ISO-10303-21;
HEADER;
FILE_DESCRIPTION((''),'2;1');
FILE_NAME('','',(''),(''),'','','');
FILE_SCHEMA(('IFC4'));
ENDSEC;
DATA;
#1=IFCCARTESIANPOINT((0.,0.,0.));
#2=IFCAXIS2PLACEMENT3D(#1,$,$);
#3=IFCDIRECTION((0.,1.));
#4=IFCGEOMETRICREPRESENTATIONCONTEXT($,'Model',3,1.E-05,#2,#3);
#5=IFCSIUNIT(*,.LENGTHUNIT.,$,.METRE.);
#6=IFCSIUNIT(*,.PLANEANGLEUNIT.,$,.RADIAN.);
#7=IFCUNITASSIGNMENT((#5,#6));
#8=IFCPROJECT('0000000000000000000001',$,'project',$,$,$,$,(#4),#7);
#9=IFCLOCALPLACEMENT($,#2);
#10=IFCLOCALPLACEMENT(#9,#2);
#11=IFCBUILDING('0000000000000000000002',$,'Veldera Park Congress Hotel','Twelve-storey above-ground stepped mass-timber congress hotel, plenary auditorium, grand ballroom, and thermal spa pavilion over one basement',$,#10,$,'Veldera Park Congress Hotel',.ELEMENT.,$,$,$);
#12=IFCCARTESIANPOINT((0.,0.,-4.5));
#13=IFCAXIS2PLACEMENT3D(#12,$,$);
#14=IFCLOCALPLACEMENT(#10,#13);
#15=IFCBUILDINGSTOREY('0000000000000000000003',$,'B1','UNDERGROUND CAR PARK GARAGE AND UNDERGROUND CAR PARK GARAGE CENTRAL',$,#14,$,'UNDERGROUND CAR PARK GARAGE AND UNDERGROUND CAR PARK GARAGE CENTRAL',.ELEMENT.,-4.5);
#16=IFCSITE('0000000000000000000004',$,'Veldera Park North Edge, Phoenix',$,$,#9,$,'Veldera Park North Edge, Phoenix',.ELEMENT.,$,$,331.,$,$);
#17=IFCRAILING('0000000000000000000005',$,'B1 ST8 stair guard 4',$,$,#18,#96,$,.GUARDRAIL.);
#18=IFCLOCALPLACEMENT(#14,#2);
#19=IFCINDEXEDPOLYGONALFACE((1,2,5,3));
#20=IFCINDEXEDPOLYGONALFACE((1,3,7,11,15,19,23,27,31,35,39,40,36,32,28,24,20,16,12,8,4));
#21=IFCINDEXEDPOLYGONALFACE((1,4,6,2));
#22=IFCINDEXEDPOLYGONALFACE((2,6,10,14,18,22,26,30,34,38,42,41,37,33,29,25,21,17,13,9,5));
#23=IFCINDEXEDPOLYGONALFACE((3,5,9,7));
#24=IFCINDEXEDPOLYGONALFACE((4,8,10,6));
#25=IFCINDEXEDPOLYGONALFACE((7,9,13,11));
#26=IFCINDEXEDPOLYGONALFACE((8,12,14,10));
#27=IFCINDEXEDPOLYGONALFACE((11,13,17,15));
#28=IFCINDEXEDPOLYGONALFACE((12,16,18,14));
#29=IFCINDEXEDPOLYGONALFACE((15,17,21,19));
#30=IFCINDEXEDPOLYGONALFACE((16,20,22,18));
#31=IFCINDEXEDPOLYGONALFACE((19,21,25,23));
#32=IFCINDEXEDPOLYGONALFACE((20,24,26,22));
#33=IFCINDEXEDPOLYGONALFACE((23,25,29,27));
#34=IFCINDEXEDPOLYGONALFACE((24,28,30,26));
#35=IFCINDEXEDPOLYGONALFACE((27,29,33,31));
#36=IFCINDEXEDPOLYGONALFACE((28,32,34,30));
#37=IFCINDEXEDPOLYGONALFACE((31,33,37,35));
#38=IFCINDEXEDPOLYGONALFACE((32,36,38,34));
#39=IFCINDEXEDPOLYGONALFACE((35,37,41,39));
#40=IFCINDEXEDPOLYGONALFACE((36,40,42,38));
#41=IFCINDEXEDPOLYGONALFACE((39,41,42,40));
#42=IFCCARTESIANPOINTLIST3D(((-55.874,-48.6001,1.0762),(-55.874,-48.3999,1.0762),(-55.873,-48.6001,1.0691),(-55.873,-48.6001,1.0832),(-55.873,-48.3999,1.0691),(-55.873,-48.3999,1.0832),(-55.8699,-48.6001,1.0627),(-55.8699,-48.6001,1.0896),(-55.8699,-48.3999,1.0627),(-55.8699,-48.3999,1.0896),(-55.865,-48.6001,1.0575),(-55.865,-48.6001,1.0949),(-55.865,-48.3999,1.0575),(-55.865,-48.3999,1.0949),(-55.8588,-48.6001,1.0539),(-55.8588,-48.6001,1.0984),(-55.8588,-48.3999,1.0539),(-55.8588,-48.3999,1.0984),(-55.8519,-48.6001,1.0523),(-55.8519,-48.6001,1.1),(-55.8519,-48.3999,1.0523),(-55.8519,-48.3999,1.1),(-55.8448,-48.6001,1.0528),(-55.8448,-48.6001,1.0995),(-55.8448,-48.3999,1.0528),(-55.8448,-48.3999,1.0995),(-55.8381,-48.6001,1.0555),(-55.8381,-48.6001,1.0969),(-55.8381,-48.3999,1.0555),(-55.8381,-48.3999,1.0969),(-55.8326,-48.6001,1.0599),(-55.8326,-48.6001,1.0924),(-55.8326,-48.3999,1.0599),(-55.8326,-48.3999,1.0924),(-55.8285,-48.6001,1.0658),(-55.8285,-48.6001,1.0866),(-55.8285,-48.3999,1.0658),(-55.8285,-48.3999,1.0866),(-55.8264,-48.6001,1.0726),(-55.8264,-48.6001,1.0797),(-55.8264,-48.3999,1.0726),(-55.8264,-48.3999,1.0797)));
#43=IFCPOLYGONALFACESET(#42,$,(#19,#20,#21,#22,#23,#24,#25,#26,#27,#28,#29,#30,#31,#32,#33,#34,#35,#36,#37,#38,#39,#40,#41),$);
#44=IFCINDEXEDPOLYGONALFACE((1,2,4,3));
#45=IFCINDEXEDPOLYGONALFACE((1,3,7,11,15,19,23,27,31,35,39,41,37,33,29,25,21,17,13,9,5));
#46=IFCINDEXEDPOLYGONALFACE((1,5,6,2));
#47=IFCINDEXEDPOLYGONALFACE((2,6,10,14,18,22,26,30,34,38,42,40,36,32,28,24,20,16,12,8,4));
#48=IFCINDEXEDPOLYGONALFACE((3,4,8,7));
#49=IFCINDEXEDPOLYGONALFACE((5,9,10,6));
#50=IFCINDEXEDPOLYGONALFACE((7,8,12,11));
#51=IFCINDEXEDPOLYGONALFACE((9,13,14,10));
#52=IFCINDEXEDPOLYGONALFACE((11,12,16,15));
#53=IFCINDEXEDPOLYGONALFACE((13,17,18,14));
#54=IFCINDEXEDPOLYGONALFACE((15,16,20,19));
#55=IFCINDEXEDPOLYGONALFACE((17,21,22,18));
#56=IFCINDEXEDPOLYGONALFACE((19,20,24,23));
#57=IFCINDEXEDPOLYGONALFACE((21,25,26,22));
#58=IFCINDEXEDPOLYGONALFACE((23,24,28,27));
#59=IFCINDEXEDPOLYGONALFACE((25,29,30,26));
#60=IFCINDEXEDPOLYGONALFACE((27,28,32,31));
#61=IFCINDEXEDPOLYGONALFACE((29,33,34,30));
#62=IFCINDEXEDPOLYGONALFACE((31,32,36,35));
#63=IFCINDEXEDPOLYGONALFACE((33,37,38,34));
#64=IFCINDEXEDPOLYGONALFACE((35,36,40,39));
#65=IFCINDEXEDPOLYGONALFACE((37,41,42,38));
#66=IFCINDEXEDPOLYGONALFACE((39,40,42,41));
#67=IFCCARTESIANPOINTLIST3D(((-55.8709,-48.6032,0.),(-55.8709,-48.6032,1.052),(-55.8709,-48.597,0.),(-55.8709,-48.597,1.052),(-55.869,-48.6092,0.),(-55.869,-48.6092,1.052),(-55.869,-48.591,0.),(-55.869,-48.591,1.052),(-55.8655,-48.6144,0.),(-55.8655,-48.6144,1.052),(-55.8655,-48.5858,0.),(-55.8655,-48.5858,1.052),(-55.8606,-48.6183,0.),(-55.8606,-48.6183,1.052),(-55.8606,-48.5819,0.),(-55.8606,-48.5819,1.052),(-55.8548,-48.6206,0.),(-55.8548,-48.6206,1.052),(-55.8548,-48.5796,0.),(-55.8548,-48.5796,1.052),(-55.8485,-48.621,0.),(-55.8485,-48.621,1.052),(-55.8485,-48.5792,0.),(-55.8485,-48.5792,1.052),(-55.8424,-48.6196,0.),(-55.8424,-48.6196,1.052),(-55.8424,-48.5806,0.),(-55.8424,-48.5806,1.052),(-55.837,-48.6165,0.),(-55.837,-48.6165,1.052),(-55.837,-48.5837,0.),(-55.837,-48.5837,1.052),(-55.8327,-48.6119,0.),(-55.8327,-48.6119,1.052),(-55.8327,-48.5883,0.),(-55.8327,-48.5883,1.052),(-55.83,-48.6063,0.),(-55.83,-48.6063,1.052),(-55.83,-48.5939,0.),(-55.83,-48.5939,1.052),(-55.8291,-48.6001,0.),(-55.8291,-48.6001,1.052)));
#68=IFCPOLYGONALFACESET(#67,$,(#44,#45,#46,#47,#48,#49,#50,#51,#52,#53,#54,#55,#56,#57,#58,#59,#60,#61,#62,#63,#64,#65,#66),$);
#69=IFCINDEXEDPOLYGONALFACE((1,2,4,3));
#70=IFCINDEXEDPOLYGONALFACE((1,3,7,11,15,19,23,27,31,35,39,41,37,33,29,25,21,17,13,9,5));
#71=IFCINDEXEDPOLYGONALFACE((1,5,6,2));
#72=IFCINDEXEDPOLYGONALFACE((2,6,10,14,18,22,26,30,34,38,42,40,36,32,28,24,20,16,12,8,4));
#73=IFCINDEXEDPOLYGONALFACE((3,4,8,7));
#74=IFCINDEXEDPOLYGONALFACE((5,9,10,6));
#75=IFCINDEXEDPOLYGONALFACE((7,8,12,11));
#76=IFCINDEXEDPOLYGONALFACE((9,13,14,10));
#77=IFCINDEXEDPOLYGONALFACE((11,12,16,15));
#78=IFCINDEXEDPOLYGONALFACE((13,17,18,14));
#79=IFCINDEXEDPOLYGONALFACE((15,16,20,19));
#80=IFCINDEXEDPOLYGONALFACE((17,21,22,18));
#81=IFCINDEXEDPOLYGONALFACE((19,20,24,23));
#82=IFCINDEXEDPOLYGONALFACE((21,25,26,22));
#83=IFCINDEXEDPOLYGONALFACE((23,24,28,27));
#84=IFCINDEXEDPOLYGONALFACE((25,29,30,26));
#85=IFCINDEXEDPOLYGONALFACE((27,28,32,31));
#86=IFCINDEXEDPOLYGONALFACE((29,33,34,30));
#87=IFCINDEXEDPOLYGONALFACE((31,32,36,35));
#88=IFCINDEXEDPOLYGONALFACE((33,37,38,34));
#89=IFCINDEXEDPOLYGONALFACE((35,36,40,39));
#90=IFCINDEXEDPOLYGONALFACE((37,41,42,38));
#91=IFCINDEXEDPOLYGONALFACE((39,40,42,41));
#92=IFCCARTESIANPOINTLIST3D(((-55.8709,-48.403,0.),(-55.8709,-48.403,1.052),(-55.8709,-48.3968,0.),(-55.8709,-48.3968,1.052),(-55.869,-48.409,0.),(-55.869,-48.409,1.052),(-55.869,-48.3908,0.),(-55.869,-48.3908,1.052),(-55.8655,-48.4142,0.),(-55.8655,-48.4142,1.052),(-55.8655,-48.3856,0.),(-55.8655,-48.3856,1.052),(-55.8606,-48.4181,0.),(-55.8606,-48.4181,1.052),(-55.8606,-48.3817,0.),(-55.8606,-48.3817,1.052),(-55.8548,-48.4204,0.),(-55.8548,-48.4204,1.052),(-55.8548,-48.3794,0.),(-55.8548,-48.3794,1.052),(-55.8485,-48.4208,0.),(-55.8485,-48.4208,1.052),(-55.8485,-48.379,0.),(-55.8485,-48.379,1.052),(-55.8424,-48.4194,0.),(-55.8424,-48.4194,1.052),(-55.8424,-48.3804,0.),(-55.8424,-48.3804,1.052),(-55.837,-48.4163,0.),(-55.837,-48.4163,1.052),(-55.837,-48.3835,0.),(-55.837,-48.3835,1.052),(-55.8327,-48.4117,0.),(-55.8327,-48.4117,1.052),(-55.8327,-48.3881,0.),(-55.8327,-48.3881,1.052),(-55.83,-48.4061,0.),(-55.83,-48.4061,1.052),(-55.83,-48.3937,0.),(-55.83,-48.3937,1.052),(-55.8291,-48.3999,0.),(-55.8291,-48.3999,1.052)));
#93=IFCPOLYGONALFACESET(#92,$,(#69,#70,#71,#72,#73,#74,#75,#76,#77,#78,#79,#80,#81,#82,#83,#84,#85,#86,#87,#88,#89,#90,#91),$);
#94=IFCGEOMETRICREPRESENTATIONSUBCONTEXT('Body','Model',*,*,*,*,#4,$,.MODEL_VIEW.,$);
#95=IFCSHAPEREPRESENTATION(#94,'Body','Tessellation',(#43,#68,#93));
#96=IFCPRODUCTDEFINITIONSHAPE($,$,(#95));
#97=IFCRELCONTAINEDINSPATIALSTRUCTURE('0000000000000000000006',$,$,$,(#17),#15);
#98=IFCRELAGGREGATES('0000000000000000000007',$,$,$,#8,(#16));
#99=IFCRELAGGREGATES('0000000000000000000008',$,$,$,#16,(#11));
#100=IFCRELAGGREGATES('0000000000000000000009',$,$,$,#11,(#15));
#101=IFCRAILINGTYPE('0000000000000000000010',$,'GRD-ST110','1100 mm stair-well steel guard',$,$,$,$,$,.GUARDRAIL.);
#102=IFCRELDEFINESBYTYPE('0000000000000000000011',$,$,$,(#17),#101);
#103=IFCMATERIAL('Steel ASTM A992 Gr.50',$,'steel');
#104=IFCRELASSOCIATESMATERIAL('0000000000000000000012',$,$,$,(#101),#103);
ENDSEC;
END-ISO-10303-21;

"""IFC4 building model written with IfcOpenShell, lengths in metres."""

from ifc_helpers import new_model, si_unit, direction, frame, origin, origin_2d, place, context, subcontext, project, spatial, circle, extrude, material, type_object, element, save


model = new_model("IFC4")

# Units and contexts
model_context = context("Model", 3, precision=1e-05, world=origin(), true_north=direction((0.0, 1.0)))
body_context = subcontext(model_context, "Body", "Model", "MODEL_VIEW")
ifc_project = project(units=[si_unit("LENGTHUNIT", "METRE"), si_unit("PLANEANGLEUNIT", "RADIAN")], contexts=[model_context])

# Site, building, storey
site_placement = place(None, origin())
site = spatial("IfcSite", under=ifc_project, at=site_placement, Name="Veldera Park North Edge, Phoenix", LongName="Veldera Park North Edge, Phoenix", CompositionType="ELEMENT", RefElevation=331.0)
building_placement = place(site_placement, origin())
building = spatial("IfcBuilding", under=site, at=building_placement, Name="Veldera Park Congress Hotel", Description="Twelve-storey above-ground stepped mass-timber congress hotel, plenary auditorium, grand ballroom, and thermal spa pavilion over one basement", LongName="Veldera Park Congress Hotel", CompositionType="ELEMENT")
storey_placement = place(building_placement, frame((0.0, 0.0, -4.5)))
storey = spatial("IfcBuildingStorey", under=building, at=storey_placement, Name="B1", Description="UNDERGROUND CAR PARK GARAGE AND UNDERGROUND CAR PARK GARAGE CENTRAL", LongName="UNDERGROUND CAR PARK GARAGE AND UNDERGROUND CAR PARK GARAGE CENTRAL", CompositionType="ELEMENT", Elevation=-4.5)

# Shared definitions
ifc_material_1 = material(Name="Steel ASTM A992 Gr.50", Category="steel")

# Railing
railing_type_1 = type_object("IfcRailingType", Name="GRD-ST110", Description="1100 mm stair-well steel guard", PredefinedType="GUARDRAIL", material=ifc_material_1)
railing_1_placement = place(storey_placement, frame((-55.8501, -48.6001, 0.0)))
element("IfcRailing", 1, at=railing_1_placement, inside=storey, type_object=railing_type_1, Name="B1 ST8 stair guard 4", PredefinedType="GUARDRAIL", context=body_context, shape_type="SweptSolid", body=[
    extrude(circle(Radius=0.0239, at=origin_2d()), frame((0.0, 0.0, 1.0762), z_axis=(0.0, 1.0, 0.0), x_axis=(-1.0, 0.0, 0.0)), (0.0, 0.0, 1.0), 0.2002),
    extrude(circle(Radius=0.021, at=origin_2d()), origin(), (0.0, 0.0, 1.0), 1.052),
    extrude(circle(Radius=0.021, at=origin_2d()), frame((0.0, 0.2002, 0.0)), (0.0, 0.0, 1.0), 1.052),
])

save(model, "model.ifc")
